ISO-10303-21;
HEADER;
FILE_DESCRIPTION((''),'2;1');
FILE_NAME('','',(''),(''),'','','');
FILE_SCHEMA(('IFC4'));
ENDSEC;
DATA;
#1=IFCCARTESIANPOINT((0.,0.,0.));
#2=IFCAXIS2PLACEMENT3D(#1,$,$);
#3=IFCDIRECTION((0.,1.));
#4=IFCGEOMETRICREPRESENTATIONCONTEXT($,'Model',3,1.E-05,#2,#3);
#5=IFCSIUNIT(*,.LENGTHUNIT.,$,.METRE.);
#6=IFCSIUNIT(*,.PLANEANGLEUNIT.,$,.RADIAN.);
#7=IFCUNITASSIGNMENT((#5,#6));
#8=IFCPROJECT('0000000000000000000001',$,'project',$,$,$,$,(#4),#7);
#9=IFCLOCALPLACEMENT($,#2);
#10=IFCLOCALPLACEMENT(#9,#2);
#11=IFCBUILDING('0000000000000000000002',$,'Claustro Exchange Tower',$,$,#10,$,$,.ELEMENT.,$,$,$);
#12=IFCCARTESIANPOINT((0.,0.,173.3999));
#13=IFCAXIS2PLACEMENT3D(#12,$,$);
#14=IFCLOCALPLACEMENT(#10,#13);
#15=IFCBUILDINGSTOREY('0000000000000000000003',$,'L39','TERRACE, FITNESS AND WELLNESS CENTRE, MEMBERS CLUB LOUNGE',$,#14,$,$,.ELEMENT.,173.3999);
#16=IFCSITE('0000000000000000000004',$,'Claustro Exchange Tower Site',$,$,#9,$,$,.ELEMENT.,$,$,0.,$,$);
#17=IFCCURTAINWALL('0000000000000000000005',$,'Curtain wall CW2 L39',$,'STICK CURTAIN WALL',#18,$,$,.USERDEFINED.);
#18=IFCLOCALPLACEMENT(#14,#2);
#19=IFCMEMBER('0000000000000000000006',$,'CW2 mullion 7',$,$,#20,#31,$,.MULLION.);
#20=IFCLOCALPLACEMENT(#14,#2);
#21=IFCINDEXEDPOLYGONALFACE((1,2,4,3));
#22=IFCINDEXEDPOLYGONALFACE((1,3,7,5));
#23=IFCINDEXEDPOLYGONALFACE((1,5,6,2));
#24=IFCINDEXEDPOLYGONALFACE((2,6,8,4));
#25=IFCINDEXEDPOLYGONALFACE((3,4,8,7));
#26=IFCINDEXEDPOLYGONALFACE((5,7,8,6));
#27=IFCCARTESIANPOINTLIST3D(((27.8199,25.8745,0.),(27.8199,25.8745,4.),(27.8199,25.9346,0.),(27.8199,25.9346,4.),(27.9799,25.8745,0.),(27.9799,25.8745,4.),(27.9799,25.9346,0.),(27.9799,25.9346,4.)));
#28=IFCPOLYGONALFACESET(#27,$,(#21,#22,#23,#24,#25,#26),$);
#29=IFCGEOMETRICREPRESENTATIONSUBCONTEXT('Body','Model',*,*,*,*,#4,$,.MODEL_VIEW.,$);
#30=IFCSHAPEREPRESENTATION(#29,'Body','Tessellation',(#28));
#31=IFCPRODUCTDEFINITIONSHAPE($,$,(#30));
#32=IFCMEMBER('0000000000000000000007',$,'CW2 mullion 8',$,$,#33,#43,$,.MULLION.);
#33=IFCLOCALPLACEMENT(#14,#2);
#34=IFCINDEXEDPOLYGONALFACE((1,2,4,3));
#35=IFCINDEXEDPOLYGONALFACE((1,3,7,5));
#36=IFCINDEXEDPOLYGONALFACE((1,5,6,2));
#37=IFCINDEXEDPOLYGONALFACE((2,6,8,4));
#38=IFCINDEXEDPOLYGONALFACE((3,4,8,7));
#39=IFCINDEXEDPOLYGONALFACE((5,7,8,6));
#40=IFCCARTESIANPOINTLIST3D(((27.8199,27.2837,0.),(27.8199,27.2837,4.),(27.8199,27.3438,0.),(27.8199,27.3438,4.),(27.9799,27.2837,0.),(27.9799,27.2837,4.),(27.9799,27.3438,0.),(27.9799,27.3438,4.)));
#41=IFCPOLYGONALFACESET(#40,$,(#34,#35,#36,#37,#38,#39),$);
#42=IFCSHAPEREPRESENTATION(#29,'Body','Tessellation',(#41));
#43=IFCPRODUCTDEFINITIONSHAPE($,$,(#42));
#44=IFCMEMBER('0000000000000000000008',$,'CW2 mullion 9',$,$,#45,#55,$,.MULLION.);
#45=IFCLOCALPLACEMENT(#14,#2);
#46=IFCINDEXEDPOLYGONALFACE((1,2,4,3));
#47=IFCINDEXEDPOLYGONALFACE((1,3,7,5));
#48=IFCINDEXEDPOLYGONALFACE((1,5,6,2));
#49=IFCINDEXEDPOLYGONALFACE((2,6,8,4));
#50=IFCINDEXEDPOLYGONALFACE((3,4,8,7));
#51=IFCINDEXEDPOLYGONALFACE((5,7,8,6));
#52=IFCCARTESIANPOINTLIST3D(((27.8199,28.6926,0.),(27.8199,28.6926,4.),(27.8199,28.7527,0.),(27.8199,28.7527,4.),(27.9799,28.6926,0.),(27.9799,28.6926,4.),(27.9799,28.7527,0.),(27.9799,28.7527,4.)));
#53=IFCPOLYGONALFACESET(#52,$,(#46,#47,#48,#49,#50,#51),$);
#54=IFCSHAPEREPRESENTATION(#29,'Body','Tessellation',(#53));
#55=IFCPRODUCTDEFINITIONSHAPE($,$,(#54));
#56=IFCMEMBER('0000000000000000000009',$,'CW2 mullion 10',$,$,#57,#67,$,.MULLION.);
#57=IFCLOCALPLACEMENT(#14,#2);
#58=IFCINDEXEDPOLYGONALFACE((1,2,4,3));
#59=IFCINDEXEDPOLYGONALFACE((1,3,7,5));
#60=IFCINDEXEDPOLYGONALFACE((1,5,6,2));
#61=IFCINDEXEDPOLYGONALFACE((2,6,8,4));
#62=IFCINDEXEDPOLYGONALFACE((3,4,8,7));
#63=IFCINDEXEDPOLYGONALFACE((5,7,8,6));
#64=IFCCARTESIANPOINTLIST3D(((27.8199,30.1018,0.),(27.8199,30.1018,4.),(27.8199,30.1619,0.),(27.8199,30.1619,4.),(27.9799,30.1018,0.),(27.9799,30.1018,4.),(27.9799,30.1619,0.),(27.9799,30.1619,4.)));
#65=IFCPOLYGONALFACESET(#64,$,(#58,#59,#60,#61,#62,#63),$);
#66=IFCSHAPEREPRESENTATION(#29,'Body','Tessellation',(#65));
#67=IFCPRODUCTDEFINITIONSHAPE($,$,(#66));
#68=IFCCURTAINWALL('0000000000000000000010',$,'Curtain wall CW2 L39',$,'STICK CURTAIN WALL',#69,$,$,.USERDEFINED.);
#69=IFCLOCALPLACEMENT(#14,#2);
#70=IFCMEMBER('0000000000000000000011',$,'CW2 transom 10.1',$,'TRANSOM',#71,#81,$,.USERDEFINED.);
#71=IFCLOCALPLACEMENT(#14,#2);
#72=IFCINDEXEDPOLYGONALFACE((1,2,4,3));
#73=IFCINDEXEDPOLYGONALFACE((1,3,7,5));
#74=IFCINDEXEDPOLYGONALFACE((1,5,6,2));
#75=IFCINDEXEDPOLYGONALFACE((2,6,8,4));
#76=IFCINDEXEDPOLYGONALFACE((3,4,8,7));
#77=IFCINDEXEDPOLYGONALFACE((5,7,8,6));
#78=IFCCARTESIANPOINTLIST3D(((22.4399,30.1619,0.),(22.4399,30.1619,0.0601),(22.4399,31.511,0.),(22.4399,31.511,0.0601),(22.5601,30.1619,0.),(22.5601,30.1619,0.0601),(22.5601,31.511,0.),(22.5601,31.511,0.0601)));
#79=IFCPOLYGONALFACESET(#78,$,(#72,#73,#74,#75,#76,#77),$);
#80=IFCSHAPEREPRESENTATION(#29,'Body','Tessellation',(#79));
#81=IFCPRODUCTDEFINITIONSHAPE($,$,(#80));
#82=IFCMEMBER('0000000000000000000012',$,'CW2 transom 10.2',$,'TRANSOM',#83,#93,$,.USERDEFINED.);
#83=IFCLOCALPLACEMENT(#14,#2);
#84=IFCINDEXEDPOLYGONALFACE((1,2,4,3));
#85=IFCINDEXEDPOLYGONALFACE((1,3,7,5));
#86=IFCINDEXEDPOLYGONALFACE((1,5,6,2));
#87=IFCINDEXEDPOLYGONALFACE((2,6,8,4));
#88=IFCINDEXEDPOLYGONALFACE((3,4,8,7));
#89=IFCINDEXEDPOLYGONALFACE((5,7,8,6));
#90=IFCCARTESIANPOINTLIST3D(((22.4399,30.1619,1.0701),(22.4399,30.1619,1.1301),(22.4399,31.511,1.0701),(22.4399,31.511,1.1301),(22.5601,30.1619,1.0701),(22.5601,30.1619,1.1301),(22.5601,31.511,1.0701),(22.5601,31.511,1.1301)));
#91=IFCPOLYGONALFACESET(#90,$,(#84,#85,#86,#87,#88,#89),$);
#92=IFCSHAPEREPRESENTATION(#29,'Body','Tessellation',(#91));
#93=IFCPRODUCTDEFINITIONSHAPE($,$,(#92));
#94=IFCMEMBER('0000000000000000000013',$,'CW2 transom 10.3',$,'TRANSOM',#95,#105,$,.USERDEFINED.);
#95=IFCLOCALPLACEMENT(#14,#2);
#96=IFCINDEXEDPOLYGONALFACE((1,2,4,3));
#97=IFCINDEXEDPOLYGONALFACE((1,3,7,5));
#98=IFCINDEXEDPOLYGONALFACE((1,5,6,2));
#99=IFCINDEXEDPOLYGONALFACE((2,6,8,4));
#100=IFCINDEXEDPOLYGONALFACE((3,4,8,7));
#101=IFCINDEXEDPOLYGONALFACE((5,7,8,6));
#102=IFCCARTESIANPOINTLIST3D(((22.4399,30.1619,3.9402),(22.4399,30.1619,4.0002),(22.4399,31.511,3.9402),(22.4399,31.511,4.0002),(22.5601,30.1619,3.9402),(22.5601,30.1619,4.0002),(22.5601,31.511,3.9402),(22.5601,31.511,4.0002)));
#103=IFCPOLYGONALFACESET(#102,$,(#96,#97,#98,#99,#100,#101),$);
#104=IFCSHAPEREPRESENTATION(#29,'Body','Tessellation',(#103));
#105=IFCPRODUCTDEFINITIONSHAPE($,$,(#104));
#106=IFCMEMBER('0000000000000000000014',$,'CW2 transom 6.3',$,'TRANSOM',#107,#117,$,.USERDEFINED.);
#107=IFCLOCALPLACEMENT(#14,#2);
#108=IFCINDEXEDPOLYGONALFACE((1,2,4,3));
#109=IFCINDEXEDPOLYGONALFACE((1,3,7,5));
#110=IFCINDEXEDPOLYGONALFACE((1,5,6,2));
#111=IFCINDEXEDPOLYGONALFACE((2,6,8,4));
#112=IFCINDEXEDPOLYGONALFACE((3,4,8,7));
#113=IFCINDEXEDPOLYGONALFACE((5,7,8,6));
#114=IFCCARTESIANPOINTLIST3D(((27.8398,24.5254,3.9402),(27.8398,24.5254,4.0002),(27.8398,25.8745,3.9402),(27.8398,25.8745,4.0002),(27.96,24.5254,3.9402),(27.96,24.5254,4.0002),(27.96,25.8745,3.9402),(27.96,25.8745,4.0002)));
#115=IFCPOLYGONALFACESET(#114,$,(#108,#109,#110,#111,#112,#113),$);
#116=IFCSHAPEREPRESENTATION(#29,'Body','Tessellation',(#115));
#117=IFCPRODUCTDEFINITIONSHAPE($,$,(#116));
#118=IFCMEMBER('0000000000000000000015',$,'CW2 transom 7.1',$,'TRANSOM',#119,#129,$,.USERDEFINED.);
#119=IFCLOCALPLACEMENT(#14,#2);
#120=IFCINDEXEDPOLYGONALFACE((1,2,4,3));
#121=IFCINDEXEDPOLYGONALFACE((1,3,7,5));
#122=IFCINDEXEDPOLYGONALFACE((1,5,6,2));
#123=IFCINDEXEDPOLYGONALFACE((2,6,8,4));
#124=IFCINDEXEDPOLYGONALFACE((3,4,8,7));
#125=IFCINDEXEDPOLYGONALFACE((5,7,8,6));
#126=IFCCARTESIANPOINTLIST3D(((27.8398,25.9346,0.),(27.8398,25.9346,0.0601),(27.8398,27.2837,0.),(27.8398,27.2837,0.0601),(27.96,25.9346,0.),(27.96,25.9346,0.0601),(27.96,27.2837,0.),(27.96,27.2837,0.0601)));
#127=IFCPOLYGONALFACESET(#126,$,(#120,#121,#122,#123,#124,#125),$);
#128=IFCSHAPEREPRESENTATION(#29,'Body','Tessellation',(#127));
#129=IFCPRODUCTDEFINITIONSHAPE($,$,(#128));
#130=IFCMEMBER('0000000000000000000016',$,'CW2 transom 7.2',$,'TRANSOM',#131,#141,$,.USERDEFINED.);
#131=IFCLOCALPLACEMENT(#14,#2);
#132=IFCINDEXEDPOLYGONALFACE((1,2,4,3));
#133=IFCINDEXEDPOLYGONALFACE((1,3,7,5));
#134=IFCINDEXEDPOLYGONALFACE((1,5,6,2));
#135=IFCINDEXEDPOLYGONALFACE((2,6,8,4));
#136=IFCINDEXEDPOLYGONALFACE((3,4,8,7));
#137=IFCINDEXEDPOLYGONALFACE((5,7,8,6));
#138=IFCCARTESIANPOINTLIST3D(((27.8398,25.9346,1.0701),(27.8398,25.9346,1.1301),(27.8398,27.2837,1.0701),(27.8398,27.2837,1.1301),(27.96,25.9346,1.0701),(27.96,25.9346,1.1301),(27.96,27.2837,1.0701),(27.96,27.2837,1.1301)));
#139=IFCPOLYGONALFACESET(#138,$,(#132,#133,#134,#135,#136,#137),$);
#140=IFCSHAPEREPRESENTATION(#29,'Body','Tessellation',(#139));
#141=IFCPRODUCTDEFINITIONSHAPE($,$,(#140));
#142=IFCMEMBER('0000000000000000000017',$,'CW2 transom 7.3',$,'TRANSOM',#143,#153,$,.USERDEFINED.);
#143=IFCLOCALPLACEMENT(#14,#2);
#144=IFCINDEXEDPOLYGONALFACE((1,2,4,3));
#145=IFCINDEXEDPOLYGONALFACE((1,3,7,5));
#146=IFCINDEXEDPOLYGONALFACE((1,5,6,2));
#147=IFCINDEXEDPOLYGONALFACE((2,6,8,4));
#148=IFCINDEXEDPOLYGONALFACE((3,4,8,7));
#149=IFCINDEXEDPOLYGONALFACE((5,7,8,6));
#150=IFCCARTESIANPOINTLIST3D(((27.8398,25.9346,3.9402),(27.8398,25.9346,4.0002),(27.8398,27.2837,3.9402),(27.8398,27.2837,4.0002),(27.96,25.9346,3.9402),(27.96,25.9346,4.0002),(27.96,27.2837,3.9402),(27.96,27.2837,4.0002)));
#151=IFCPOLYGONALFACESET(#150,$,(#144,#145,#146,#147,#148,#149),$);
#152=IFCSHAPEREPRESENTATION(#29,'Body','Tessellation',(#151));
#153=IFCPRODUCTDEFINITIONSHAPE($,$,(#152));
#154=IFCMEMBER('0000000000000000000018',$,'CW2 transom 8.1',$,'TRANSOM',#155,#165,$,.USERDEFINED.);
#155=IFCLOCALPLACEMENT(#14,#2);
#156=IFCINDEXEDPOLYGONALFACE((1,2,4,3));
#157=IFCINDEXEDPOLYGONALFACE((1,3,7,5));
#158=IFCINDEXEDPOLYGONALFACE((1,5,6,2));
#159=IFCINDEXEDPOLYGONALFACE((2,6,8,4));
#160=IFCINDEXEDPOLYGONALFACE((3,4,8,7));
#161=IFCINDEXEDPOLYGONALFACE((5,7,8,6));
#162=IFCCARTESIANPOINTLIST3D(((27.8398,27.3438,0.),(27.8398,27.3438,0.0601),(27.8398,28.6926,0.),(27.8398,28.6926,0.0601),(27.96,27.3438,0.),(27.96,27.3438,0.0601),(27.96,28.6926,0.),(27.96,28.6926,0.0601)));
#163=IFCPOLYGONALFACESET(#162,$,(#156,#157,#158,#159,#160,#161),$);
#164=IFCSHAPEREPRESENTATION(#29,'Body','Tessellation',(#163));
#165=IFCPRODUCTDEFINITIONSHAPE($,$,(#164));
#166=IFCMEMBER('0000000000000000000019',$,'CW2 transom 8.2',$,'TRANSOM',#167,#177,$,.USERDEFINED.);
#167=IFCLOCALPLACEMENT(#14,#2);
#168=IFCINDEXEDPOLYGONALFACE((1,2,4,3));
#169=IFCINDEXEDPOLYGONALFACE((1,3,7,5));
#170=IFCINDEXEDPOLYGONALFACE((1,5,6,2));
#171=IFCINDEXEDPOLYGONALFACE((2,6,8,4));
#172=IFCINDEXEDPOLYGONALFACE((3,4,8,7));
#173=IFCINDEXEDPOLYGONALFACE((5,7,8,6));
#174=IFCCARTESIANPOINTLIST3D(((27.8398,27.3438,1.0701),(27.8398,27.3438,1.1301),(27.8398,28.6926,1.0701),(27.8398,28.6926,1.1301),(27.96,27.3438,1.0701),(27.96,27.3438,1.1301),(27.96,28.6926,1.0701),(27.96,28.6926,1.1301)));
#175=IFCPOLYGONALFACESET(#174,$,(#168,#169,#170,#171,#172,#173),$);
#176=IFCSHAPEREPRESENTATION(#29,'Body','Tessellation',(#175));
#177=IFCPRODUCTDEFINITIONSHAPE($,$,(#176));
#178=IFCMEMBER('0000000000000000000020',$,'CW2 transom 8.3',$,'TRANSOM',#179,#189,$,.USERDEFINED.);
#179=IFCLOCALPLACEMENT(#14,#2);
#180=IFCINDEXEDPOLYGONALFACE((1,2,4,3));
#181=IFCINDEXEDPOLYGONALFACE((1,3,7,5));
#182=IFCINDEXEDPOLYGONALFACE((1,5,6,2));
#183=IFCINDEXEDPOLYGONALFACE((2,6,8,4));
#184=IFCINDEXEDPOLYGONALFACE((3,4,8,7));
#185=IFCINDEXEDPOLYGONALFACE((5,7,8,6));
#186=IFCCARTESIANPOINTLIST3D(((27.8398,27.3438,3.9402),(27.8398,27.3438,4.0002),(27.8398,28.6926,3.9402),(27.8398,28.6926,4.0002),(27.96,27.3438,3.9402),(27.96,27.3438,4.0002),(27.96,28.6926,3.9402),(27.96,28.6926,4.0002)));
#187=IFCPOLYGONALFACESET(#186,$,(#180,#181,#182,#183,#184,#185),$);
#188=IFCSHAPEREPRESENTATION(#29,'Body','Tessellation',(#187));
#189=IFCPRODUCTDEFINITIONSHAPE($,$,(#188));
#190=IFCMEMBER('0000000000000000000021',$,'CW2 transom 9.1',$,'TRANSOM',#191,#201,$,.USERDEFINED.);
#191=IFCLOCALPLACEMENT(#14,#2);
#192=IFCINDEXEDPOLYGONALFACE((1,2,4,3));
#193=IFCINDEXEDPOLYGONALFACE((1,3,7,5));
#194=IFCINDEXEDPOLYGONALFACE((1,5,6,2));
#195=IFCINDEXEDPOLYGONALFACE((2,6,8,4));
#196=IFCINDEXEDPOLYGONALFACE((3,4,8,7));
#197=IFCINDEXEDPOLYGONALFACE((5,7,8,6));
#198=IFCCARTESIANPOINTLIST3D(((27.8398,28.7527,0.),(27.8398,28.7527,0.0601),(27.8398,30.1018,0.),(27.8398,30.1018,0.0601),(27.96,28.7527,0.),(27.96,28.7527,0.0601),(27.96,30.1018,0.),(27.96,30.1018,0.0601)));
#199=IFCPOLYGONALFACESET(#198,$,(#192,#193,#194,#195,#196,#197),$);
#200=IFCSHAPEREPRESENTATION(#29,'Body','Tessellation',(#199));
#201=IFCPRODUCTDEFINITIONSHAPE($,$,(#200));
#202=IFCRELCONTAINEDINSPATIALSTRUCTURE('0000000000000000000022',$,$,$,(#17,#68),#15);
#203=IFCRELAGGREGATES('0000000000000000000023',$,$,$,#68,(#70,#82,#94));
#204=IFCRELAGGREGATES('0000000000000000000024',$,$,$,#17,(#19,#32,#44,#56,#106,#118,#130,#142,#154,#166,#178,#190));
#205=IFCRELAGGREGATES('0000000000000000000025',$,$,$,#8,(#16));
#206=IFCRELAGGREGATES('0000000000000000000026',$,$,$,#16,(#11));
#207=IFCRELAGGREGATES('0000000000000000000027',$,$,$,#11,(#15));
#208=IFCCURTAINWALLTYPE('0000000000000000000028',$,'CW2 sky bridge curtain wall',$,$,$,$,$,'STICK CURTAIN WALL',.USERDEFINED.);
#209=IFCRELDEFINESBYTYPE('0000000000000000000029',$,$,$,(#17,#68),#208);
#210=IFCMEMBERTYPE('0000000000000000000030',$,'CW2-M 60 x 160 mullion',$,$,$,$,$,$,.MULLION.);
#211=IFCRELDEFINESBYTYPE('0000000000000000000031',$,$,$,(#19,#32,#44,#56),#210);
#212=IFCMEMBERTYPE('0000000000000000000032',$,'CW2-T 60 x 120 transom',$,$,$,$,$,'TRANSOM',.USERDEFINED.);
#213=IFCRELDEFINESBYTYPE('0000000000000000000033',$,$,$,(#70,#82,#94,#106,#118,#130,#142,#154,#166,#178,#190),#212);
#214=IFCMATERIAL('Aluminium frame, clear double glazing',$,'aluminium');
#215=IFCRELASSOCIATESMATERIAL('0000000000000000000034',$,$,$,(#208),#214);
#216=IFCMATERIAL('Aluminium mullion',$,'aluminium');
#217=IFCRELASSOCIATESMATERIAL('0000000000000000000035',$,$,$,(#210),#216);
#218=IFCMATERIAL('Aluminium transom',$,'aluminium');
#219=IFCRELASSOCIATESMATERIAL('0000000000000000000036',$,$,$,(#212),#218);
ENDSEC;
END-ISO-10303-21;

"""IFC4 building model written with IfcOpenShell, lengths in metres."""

from ifc_helpers import new_model, si_unit, direction, frame, origin, origin_2d, place, context, subcontext, project, spatial, rectangle, extrude, material, material_profile, profile_set, type_object, element, aggregate, save


model = new_model("IFC4")

# Units and contexts
model_context = context("Model", 3, precision=1e-05, world=origin(), true_north=direction((0.0, 1.0)))
body_context = subcontext(model_context, "Body", "Model", "MODEL_VIEW")
ifc_project = project(units=[si_unit("LENGTHUNIT", "METRE"), si_unit("PLANEANGLEUNIT", "RADIAN")], contexts=[model_context])

# Site, building, storey
site_placement = place(None, origin())
site = spatial("IfcSite", under=ifc_project, at=site_placement, Name="Claustro Exchange Tower Site", CompositionType="ELEMENT", RefElevation=0.0)
building_placement = place(site_placement, origin())
building = spatial("IfcBuilding", under=site, at=building_placement, Name="Claustro Exchange Tower", CompositionType="ELEMENT")
storey_placement = place(building_placement, frame((0.0, 0.0, 173.3999)))
storey = spatial("IfcBuildingStorey", under=building, at=storey_placement, Name="L39", Description="TERRACE, FITNESS AND WELLNESS CENTRE, MEMBERS CLUB LOUNGE", CompositionType="ELEMENT", Elevation=173.3999)

# Curtain walls, members
ifc_material_1 = material(Name="Aluminium frame, clear double glazing", Category="aluminium")
curtain_wall_type = type_object("IfcCurtainWallType", Name="CW2 sky bridge curtain wall", ElementType="STICK CURTAIN WALL", PredefinedType="USERDEFINED", material=ifc_material_1)
curtain_wall_1_placement = place(storey_placement, origin())
curtain_wall_1 = element("IfcCurtainWall", 1, at=curtain_wall_1_placement, inside=storey, type_object=curtain_wall_type, Name="Curtain wall CW2 L39", ObjectType="STICK CURTAIN WALL", PredefinedType="USERDEFINED")
ifc_material_2 = material(Name="Aluminium mullion", Category="aluminium")
ifc_material_profile_1 = material_profile(ifc_material_2, rectangle(XDim=0.1599, YDim=0.0601, at=origin_2d()), Name="CW2-M 60x160")
ifc_profile_set_1 = profile_set([ifc_material_profile_1], Name="Aluminium mullion")
member_type_1 = type_object("IfcMemberType", Name="CW2-M 60 x 160 mullion", PredefinedType="MULLION", material=ifc_profile_set_1)
member_1_placement = place(storey_placement, frame((27.8999, 25.9045, 0.0), z_axis=(0.0, 0.0, 1.0), x_axis=(-1.0, 0.0, 0.0)))
member_1 = element("IfcMember", 2, at=member_1_placement, type_object=member_type_1, Name="CW2 mullion 7", PredefinedType="MULLION", context=body_context, shape_type="SweptSolid", body=[
    extrude(rectangle(XDim=0.1599, YDim=0.0601, at=origin_2d()), origin(), (0.0, 0.0, 1.0), 4.0),
])
member_2_placement = place(storey_placement, frame((27.8999, 27.3137, 0.0), z_axis=(0.0, 0.0, 1.0), x_axis=(-1.0, 0.0, 0.0)))
member_2 = element("IfcMember", 3, at=member_2_placement, type_object=member_type_1, Name="CW2 mullion 8", PredefinedType="MULLION", context=body_context, shape_type="SweptSolid", body=[
    extrude(rectangle(XDim=0.1599, YDim=0.0601, at=origin_2d()), origin(), (0.0, 0.0, 1.0), 4.0),
])
member_3_placement = place(storey_placement, frame((27.8999, 28.7227, 0.0), z_axis=(0.0, 0.0, 1.0), x_axis=(-1.0, 0.0, 0.0)))
member_3 = element("IfcMember", 4, at=member_3_placement, type_object=member_type_1, Name="CW2 mullion 9", PredefinedType="MULLION", context=body_context, shape_type="SweptSolid", body=[
    extrude(rectangle(XDim=0.1599, YDim=0.0601, at=origin_2d()), origin(), (0.0, 0.0, 1.0), 4.0),
])
member_4_placement = place(storey_placement, frame((27.8999, 30.1318, 0.0), z_axis=(0.0, 0.0, 1.0), x_axis=(-1.0, 0.0, 0.0)))
member_4 = element("IfcMember", 5, at=member_4_placement, type_object=member_type_1, Name="CW2 mullion 10", PredefinedType="MULLION", context=body_context, shape_type="SweptSolid", body=[
    extrude(rectangle(XDim=0.1599, YDim=0.0601, at=origin_2d()), origin(), (0.0, 0.0, 1.0), 4.0),
])
curtain_wall_2_placement = place(storey_placement, origin())
curtain_wall_2 = element("IfcCurtainWall", 6, at=curtain_wall_2_placement, inside=storey, type_object=curtain_wall_type, Name="Curtain wall CW2 L39", ObjectType="STICK CURTAIN WALL", PredefinedType="USERDEFINED")
ifc_material_3 = material(Name="Aluminium transom", Category="aluminium")
ifc_material_profile_2 = material_profile(ifc_material_3, rectangle(XDim=0.1201, YDim=0.0601, at=origin_2d()), Name="CW2-T 60x120")
ifc_profile_set_2 = profile_set([ifc_material_profile_2], Name="Aluminium transom")
member_type_2 = type_object("IfcMemberType", Name="CW2-T 60 x 120 transom", ElementType="TRANSOM", PredefinedType="USERDEFINED", material=ifc_profile_set_2)
member_5_placement = place(storey_placement, frame((22.5, 30.1619, 0.03), z_axis=(0.0, 1.0, 0.0), x_axis=(-1.0, 0.0, 0.0)))
member_5 = element("IfcMember", 7, at=member_5_placement, type_object=member_type_2, Name="CW2 transom 10.1", ObjectType="TRANSOM", PredefinedType="USERDEFINED", context=body_context, shape_type="SweptSolid", body=[
    extrude(rectangle(XDim=0.1201, YDim=0.0601, at=origin_2d()), origin(), (0.0, 0.0, 1.0), 1.3491),
])
member_6_placement = place(storey_placement, frame((22.5, 30.1619, 1.1001), z_axis=(0.0, 1.0, 0.0), x_axis=(-1.0, 0.0, 0.0)))
member_6 = element("IfcMember", 8, at=member_6_placement, type_object=member_type_2, Name="CW2 transom 10.2", ObjectType="TRANSOM", PredefinedType="USERDEFINED", context=body_context, shape_type="SweptSolid", body=[
    extrude(rectangle(XDim=0.1201, YDim=0.0601, at=origin_2d()), origin(), (0.0, 0.0, 1.0), 1.3491),
])
member_7_placement = place(storey_placement, frame((22.5, 30.1619, 3.9702), z_axis=(0.0, 1.0, 0.0), x_axis=(-1.0, 0.0, 0.0)))
member_7 = element("IfcMember", 9, at=member_7_placement, type_object=member_type_2, Name="CW2 transom 10.3", ObjectType="TRANSOM", PredefinedType="USERDEFINED", context=body_context, shape_type="SweptSolid", body=[
    extrude(rectangle(XDim=0.1201, YDim=0.0601, at=origin_2d()), origin(), (0.0, 0.0, 1.0), 1.3491),
])

# Members
member_8_placement = place(storey_placement, frame((27.8999, 24.5254, 3.9702), z_axis=(0.0, 1.0, 0.0), x_axis=(-1.0, 0.0, 0.0)))
member_8 = element("IfcMember", 10, at=member_8_placement, type_object=member_type_2, Name="CW2 transom 6.3", ObjectType="TRANSOM", PredefinedType="USERDEFINED", context=body_context, shape_type="SweptSolid", body=[
    extrude(rectangle(XDim=0.1201, YDim=0.0601, at=origin_2d()), origin(), (0.0, 0.0, 1.0), 1.3491),
])
member_9_placement = place(storey_placement, frame((27.8999, 25.9346, 0.03), z_axis=(0.0, 1.0, 0.0), x_axis=(-1.0, 0.0, 0.0)))
member_9 = element("IfcMember", 11, at=member_9_placement, type_object=member_type_2, Name="CW2 transom 7.1", ObjectType="TRANSOM", PredefinedType="USERDEFINED", context=body_context, shape_type="SweptSolid", body=[
    extrude(rectangle(XDim=0.1201, YDim=0.0601, at=origin_2d()), origin(), (0.0, 0.0, 1.0), 1.3491),
])
member_10_placement = place(storey_placement, frame((27.8999, 25.9346, 1.1001), z_axis=(0.0, 1.0, 0.0), x_axis=(-1.0, 0.0, 0.0)))
member_10 = element("IfcMember", 12, at=member_10_placement, type_object=member_type_2, Name="CW2 transom 7.2", ObjectType="TRANSOM", PredefinedType="USERDEFINED", context=body_context, shape_type="SweptSolid", body=[
    extrude(rectangle(XDim=0.1201, YDim=0.0601, at=origin_2d()), origin(), (0.0, 0.0, 1.0), 1.3491),
])
member_11_placement = place(storey_placement, frame((27.8999, 25.9346, 3.9702), z_axis=(0.0, 1.0, 0.0), x_axis=(-1.0, 0.0, 0.0)))
member_11 = element("IfcMember", 13, at=member_11_placement, type_object=member_type_2, Name="CW2 transom 7.3", ObjectType="TRANSOM", PredefinedType="USERDEFINED", context=body_context, shape_type="SweptSolid", body=[
    extrude(rectangle(XDim=0.1201, YDim=0.0601, at=origin_2d()), origin(), (0.0, 0.0, 1.0), 1.3491),
])
member_12_placement = place(storey_placement, frame((27.8999, 27.3438, 0.03), z_axis=(0.0, 1.0, 0.0), x_axis=(-1.0, 0.0, 0.0)))
member_12 = element("IfcMember", 14, at=member_12_placement, type_object=member_type_2, Name="CW2 transom 8.1", ObjectType="TRANSOM", PredefinedType="USERDEFINED", context=body_context, shape_type="SweptSolid", body=[
    extrude(rectangle(XDim=0.1201, YDim=0.0601, at=origin_2d()), origin(), (0.0, 0.0, 1.0), 1.3489),
])
member_13_placement = place(storey_placement, frame((27.8999, 27.3438, 1.1001), z_axis=(0.0, 1.0, 0.0), x_axis=(-1.0, 0.0, 0.0)))
member_13 = element("IfcMember", 15, at=member_13_placement, type_object=member_type_2, Name="CW2 transom 8.2", ObjectType="TRANSOM", PredefinedType="USERDEFINED", context=body_context, shape_type="SweptSolid", body=[
    extrude(rectangle(XDim=0.1201, YDim=0.0601, at=origin_2d()), origin(), (0.0, 0.0, 1.0), 1.3489),
])
member_14_placement = place(storey_placement, frame((27.8999, 27.3438, 3.9702), z_axis=(0.0, 1.0, 0.0), x_axis=(-1.0, 0.0, 0.0)))
member_14 = element("IfcMember", 16, at=member_14_placement, type_object=member_type_2, Name="CW2 transom 8.3", ObjectType="TRANSOM", PredefinedType="USERDEFINED", context=body_context, shape_type="SweptSolid", body=[
    extrude(rectangle(XDim=0.1201, YDim=0.0601, at=origin_2d()), origin(), (0.0, 0.0, 1.0), 1.3489),
])
member_15_placement = place(storey_placement, frame((27.8999, 28.7527, 0.03), z_axis=(0.0, 1.0, 0.0), x_axis=(-1.0, 0.0, 0.0)))
member_15 = element("IfcMember", 17, at=member_15_placement, type_object=member_type_2, Name="CW2 transom 9.1", ObjectType="TRANSOM", PredefinedType="USERDEFINED", context=body_context, shape_type="SweptSolid", body=[
    extrude(rectangle(XDim=0.1201, YDim=0.0601, at=origin_2d()), origin(), (0.0, 0.0, 1.0), 1.3491),
])

aggregate(curtain_wall_2, [member_5, member_6, member_7])
aggregate(curtain_wall_1, [member_1, member_2, member_3, member_4, member_8, member_9, member_10, member_11, member_12, member_13, member_14, member_15])

save(model, "model.ifc")
